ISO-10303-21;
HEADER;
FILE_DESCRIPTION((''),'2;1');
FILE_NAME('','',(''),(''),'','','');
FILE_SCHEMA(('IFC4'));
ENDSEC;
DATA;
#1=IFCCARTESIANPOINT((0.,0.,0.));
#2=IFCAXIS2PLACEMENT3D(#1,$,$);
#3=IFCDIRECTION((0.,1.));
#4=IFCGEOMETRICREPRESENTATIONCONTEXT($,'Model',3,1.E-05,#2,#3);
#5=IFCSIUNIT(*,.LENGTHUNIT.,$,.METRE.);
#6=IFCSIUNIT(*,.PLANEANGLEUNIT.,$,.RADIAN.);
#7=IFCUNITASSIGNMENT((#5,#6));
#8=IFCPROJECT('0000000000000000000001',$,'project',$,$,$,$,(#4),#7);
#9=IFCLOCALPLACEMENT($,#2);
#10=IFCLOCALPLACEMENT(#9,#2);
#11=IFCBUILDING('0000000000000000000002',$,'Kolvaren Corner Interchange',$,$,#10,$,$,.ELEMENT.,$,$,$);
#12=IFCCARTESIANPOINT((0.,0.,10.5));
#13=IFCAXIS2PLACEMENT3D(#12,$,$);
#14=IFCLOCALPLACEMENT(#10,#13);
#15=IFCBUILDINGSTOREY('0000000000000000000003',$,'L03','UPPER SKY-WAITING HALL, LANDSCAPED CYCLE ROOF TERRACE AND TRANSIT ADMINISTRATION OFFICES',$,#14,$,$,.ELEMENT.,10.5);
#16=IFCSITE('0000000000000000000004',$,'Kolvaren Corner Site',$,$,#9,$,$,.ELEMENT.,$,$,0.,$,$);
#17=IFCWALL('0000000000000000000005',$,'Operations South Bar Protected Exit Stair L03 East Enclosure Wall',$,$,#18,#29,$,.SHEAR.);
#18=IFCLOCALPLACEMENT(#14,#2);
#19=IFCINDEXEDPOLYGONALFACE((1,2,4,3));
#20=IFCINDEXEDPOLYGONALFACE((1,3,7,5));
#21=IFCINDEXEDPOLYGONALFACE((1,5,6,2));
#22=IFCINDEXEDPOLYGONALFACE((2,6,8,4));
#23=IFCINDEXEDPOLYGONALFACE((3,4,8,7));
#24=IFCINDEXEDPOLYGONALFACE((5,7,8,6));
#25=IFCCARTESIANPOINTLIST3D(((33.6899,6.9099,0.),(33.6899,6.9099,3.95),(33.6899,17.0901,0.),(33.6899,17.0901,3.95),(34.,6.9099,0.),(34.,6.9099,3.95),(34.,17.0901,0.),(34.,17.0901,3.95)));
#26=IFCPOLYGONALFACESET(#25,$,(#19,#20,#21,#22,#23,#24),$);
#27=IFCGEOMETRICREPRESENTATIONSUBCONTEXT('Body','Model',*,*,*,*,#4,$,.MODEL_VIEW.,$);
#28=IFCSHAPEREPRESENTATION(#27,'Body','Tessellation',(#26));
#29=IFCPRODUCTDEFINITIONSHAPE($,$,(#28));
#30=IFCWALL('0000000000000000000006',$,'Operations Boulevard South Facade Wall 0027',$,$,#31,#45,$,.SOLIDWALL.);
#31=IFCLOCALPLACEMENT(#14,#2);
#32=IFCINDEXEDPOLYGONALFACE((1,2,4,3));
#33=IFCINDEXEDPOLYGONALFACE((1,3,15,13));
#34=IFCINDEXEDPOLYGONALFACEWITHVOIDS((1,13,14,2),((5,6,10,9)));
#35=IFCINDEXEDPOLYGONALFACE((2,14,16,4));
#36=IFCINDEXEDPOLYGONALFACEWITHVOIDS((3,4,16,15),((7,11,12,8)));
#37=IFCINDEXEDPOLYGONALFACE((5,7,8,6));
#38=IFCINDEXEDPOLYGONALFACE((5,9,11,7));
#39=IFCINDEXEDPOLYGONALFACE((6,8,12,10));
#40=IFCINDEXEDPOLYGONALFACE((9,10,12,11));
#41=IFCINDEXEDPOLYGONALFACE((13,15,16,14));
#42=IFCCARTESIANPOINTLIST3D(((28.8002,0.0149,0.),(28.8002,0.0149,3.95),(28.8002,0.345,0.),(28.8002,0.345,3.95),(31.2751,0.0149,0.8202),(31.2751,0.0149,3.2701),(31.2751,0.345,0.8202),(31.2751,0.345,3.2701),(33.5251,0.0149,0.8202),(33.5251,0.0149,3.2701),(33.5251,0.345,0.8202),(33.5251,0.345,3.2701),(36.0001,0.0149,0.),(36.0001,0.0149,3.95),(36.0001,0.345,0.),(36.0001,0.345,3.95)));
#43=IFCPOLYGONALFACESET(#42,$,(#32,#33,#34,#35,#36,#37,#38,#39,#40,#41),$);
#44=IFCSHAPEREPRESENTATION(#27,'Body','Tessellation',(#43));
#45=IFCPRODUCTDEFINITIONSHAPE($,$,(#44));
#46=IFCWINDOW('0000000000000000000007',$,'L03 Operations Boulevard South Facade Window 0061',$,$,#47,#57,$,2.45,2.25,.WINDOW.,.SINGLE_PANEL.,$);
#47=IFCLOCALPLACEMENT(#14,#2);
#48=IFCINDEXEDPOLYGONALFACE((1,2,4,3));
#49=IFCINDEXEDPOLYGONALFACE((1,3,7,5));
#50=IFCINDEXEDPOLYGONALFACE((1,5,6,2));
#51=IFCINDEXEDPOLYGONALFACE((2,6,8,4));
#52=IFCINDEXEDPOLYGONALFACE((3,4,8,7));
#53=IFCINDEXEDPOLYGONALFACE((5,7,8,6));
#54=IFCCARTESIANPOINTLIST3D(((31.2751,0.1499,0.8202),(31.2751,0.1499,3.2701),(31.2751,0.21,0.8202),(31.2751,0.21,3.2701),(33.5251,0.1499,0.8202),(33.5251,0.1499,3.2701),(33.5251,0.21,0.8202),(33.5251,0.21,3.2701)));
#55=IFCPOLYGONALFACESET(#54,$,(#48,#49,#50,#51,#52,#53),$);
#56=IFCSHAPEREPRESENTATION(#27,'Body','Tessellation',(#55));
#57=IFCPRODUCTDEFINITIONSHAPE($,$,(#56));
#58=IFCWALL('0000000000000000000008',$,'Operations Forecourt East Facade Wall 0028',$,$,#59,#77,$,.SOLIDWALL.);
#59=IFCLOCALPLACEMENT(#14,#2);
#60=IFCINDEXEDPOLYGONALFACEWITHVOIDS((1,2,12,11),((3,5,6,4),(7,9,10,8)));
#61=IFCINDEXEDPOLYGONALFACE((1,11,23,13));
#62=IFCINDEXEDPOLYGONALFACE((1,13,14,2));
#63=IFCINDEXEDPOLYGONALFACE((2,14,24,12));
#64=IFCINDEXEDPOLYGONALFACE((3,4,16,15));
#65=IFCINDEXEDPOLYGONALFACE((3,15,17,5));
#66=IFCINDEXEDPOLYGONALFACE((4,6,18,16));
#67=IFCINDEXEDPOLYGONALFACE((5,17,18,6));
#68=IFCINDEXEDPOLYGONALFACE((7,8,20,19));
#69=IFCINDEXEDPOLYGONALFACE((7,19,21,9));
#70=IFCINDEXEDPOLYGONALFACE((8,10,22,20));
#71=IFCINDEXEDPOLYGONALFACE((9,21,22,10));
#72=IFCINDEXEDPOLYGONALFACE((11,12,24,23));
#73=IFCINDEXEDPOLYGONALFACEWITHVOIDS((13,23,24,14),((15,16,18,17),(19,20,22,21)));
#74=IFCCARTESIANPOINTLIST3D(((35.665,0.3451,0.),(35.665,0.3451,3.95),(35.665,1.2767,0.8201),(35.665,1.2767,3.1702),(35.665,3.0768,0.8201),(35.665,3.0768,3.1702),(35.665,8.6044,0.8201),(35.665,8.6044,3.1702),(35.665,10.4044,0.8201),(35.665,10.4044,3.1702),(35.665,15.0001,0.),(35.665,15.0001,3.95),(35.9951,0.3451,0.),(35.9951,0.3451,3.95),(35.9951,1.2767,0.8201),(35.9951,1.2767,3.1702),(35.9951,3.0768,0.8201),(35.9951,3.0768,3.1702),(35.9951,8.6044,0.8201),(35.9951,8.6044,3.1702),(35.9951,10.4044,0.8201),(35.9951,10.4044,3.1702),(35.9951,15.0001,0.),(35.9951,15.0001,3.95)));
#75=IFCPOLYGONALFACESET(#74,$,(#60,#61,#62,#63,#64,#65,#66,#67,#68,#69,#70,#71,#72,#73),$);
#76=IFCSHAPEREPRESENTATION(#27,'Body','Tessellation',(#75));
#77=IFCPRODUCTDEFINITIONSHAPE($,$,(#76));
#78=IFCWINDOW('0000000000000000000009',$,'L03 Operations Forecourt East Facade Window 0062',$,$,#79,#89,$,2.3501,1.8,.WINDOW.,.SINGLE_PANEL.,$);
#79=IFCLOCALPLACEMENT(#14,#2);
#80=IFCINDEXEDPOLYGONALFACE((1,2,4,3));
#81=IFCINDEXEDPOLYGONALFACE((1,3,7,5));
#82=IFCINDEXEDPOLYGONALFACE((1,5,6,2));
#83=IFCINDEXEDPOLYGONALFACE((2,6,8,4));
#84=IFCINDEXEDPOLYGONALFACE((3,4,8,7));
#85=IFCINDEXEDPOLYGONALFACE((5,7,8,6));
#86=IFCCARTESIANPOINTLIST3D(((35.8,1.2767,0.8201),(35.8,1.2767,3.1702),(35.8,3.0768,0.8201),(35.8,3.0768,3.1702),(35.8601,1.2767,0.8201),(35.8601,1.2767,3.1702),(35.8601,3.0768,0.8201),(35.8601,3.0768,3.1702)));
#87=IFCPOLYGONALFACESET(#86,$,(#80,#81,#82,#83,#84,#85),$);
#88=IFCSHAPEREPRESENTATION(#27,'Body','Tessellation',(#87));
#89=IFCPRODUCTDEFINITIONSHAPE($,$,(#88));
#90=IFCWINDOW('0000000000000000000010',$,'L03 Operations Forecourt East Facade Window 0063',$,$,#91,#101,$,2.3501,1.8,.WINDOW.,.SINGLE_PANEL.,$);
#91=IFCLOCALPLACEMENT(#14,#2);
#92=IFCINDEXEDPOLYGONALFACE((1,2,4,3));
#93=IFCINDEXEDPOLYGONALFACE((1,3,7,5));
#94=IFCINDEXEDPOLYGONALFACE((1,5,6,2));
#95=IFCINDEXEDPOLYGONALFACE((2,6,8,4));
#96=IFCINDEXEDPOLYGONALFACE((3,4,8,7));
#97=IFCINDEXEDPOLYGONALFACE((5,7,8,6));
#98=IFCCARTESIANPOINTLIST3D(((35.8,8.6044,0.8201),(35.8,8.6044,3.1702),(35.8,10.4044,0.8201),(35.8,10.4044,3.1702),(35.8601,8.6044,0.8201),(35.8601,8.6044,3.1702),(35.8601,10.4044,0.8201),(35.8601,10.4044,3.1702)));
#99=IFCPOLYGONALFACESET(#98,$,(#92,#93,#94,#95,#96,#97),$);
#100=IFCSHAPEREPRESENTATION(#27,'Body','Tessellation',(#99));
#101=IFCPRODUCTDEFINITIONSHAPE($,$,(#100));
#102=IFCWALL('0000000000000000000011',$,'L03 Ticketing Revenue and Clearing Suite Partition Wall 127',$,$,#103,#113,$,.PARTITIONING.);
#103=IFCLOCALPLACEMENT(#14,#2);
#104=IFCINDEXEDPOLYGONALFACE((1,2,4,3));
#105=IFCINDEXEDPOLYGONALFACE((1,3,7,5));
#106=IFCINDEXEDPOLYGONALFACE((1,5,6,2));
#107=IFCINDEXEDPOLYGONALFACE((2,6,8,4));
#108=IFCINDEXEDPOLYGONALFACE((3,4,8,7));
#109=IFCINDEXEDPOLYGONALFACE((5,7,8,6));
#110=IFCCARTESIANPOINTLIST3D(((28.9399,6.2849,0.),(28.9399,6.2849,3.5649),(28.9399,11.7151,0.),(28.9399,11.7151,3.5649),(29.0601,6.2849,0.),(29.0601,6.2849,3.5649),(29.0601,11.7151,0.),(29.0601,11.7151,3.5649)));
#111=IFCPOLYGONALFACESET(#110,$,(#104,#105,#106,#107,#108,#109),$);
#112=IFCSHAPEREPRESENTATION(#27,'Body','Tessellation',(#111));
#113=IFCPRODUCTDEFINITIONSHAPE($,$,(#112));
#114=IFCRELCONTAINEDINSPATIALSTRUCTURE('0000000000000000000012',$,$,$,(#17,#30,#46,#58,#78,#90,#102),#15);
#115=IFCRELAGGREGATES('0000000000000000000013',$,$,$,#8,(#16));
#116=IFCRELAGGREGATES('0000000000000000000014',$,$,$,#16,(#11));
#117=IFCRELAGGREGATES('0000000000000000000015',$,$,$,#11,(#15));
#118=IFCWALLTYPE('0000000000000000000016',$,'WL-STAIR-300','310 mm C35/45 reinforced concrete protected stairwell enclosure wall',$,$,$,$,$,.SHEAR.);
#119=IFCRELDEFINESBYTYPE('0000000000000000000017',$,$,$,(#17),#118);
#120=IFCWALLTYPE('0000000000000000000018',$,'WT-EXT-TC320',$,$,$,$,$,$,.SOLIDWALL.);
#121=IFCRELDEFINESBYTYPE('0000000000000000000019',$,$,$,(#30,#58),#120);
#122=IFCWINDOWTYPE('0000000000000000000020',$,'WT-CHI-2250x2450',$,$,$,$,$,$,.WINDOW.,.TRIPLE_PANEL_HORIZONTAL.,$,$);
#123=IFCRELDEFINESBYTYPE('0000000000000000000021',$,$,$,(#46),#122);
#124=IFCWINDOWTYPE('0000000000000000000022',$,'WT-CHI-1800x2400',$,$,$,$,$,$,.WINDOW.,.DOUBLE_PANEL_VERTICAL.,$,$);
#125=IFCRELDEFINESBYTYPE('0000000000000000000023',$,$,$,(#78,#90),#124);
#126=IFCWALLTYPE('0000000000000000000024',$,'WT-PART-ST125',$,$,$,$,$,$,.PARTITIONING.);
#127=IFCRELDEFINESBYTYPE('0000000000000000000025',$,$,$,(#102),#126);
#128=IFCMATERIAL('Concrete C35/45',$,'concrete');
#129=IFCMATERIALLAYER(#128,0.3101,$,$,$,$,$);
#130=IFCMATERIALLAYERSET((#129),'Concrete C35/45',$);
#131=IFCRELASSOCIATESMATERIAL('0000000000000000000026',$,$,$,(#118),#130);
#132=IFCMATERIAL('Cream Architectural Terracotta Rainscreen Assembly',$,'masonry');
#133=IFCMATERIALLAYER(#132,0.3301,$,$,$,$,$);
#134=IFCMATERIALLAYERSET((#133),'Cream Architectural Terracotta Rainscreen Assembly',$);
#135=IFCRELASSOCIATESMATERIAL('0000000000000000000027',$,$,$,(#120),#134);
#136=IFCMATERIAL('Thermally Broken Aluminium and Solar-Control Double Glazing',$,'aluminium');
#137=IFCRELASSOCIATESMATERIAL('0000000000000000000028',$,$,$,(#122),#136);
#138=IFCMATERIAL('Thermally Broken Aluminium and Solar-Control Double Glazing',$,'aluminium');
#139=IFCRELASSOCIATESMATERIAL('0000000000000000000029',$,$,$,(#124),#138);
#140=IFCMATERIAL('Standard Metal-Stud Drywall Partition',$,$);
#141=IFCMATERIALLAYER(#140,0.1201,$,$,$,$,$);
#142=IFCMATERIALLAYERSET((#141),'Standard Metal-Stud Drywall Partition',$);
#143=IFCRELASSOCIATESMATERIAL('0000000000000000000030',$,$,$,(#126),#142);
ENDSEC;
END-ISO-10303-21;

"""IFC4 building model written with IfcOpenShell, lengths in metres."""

from ifc_helpers import new_model, si_unit, direction, frame, frame_2d, origin, place, context, subcontext, project, spatial, rectangle, extrude, material, layer, layer_set, type_object, element, fill, save


model = new_model("IFC4")

# Units and contexts
model_context = context("Model", 3, precision=1e-05, world=origin(), true_north=direction((0.0, 1.0)))
body_context = subcontext(model_context, "Body", "Model", "MODEL_VIEW")
ifc_project = project(units=[si_unit("LENGTHUNIT", "METRE"), si_unit("PLANEANGLEUNIT", "RADIAN")], contexts=[model_context])

# Site, building, storey
site_placement = place(None, origin())
site = spatial("IfcSite", under=ifc_project, at=site_placement, Name="Kolvaren Corner Site", CompositionType="ELEMENT", RefElevation=0.0)
building_placement = place(site_placement, origin())
building = spatial("IfcBuilding", under=site, at=building_placement, Name="Kolvaren Corner Interchange", CompositionType="ELEMENT")
storey_placement = place(building_placement, frame((0.0, 0.0, 10.5)))
storey = spatial("IfcBuildingStorey", under=building, at=storey_placement, Name="L03", Description="UPPER SKY-WAITING HALL, LANDSCAPED CYCLE ROOF TERRACE AND TRANSIT ADMINISTRATION OFFICES", CompositionType="ELEMENT", Elevation=10.5)

# Wall
ifc_material_1 = material(Name="Concrete C35/45", Category="concrete")
ifc_layer_1 = layer(ifc_material_1, 0.3101)
ifc_layer_set_1 = layer_set([ifc_layer_1], Name="Concrete C35/45")
wall_type_1 = type_object("IfcWallType", Name="WL-STAIR-300", Description="310 mm C35/45 reinforced concrete protected stairwell enclosure wall", PredefinedType="SHEAR", material=ifc_layer_set_1)
for number, where, z_axis, x_axis, name in (
    (1, (33.845, 6.9099, 0.0), (0.0, 0.0, 1.0), (0.0, 1.0, 0.0), "Operations South Bar Protected Exit Stair L03 East Enclosure Wall"),
):
    element("IfcWall", number, at=place(storey_placement, frame(where, z_axis=z_axis, x_axis=x_axis)), inside=storey, type_object=wall_type_1, Name=name, PredefinedType="SHEAR", context=body_context, shape_type="SweptSolid", body=[
        extrude(rectangle(XDim=10.1802, YDim=0.3101, at=frame_2d((5.0901, 0.0))), origin(), (0.0, 0.0, 1.0), 3.95),
    ])

# Wall, opening, window
ifc_material_2 = material(Name="Cream Architectural Terracotta Rainscreen Assembly", Category="masonry")
ifc_layer_2 = layer(ifc_material_2, 0.3301)
ifc_layer_set_2 = layer_set([ifc_layer_2], Name="Cream Architectural Terracotta Rainscreen Assembly")
wall_type_2 = type_object("IfcWallType", Name="WT-EXT-TC320", PredefinedType="SOLIDWALL", material=ifc_layer_set_2)
wall_1_placement = place(storey_placement, frame((28.8, 0.1799, 0.0), z_axis=(0.0, 0.0, 1.0), x_axis=(1.0, 0.0, 0.0)))
wall_1 = element("IfcWall", 2, at=wall_1_placement, inside=storey, type_object=wall_type_2, Name="Operations Boulevard South Facade Wall 0027", PredefinedType="SOLIDWALL", context=body_context, shape_type="SweptSolid", body=[
    extrude(rectangle(XDim=7.2, YDim=0.3301, at=frame_2d((3.6001, 0.0))), origin(), (0.0, 0.0, 1.0), 3.95),
])
opening_1_placement = place(wall_1_placement, frame((2.4751, 0.0, 0.8201)))
opening_1 = element("IfcOpeningElement", 3, at=opening_1_placement, cuts=wall_1, PredefinedType="OPENING", context=body_context, shape_type="SweptSolid", body=[
    extrude(rectangle(XDim=2.25, YDim=2.45, at=frame_2d((1.125, 1.2251))), frame((0.0, 0.175, 0.0), z_axis=(0.0, -1.0, 0.0), x_axis=(1.0, 0.0, 0.0)), (0.0, 0.0, 1.0), 0.3501),
])
ifc_material_3 = material(Name="Thermally Broken Aluminium and Solar-Control Double Glazing", Category="aluminium")
window_type_1 = type_object("IfcWindowType", Name="WT-CHI-2250x2450", PartitioningType="TRIPLE_PANEL_HORIZONTAL", PredefinedType="WINDOW", material=ifc_material_3)
window_1_placement = place(opening_1_placement, origin())
window_1 = element("IfcWindow", 4, at=window_1_placement, inside=storey, type_object=window_type_1, Name="L03 Operations Boulevard South Facade Window 0061", OverallHeight=2.45, OverallWidth=2.25, PartitioningType="SINGLE_PANEL", PredefinedType="WINDOW", context=body_context, shape_type="SweptSolid", body=[
    extrude(rectangle(XDim=2.25, YDim=2.45, at=frame_2d((1.125, 1.2251))), frame((0.0, 0.03, 0.0), z_axis=(0.0, -1.0, 0.0), x_axis=(1.0, 0.0, 0.0)), (0.0, 0.0, 1.0), 0.0601),
])
fill(opening_1, window_1)

# Wall, openings, windows
wall_2_placement = place(storey_placement, frame((35.8301, 0.345, 0.0), z_axis=(0.0, 0.0, 1.0), x_axis=(0.0, 1.0, 0.0)))
wall_2 = element("IfcWall", 5, at=wall_2_placement, inside=storey, type_object=wall_type_2, Name="Operations Forecourt East Facade Wall 0028", PredefinedType="SOLIDWALL", context=body_context, shape_type="SweptSolid", body=[
    extrude(rectangle(XDim=14.655, YDim=0.3301, at=frame_2d((7.3276, 0.0))), origin(), (0.0, 0.0, 1.0), 3.95),
])
opening_2_placement = place(wall_2_placement, frame((0.9319, 0.0, 0.8201)))
opening_2 = element("IfcOpeningElement", 6, at=opening_2_placement, cuts=wall_2, PredefinedType="OPENING", context=body_context, shape_type="SweptSolid", body=[
    extrude(rectangle(XDim=1.8, YDim=2.3501, at=frame_2d((0.8999, 1.175))), frame((0.0, 0.175, 0.0), z_axis=(0.0, -1.0, 0.0), x_axis=(1.0, 0.0, 0.0)), (0.0, 0.0, 1.0), 0.3501),
])
opening_3_placement = place(wall_2_placement, frame((8.2595, 0.0, 0.8201)))
opening_3 = element("IfcOpeningElement", 7, at=opening_3_placement, cuts=wall_2, PredefinedType="OPENING", context=body_context, shape_type="SweptSolid", body=[
    extrude(rectangle(XDim=1.8, YDim=2.3501, at=frame_2d((0.8999, 1.175))), frame((0.0, 0.175, 0.0), z_axis=(0.0, -1.0, 0.0), x_axis=(1.0, 0.0, 0.0)), (0.0, 0.0, 1.0), 0.3501),
])
ifc_material_4 = material(Name="Thermally Broken Aluminium and Solar-Control Double Glazing", Category="aluminium")
window_type_2 = type_object("IfcWindowType", Name="WT-CHI-1800x2400", PartitioningType="DOUBLE_PANEL_VERTICAL", PredefinedType="WINDOW", material=ifc_material_4)
window_2_placement = place(opening_2_placement, origin())
window_2 = element("IfcWindow", 8, at=window_2_placement, inside=storey, type_object=window_type_2, Name="L03 Operations Forecourt East Facade Window 0062", OverallHeight=2.3501, OverallWidth=1.8, PartitioningType="SINGLE_PANEL", PredefinedType="WINDOW", context=body_context, shape_type="SweptSolid", body=[
    extrude(rectangle(XDim=1.8, YDim=2.3501, at=frame_2d((0.8999, 1.175))), frame((0.0, 0.03, 0.0), z_axis=(0.0, -1.0, 0.0), x_axis=(1.0, 0.0, 0.0)), (0.0, 0.0, 1.0), 0.0601),
])
fill(opening_2, window_2)
window_3_placement = place(opening_3_placement, origin())
window_3 = element("IfcWindow", 9, at=window_3_placement, inside=storey, type_object=window_type_2, Name="L03 Operations Forecourt East Facade Window 0063", OverallHeight=2.3501, OverallWidth=1.8, PartitioningType="SINGLE_PANEL", PredefinedType="WINDOW", context=body_context, shape_type="SweptSolid", body=[
    extrude(rectangle(XDim=1.8, YDim=2.3501, at=frame_2d((0.8999, 1.175))), frame((0.0, 0.03, 0.0), z_axis=(0.0, -1.0, 0.0), x_axis=(1.0, 0.0, 0.0)), (0.0, 0.0, 1.0), 0.0601),
])
fill(opening_3, window_3)

# Wall
ifc_material_5 = material(Name="Standard Metal-Stud Drywall Partition")
ifc_layer_3 = layer(ifc_material_5, 0.1201)
ifc_layer_set_3 = layer_set([ifc_layer_3], Name="Standard Metal-Stud Drywall Partition")
wall_type_3 = type_object("IfcWallType", Name="WT-PART-ST125", PredefinedType="PARTITIONING", material=ifc_layer_set_3)
wall_3_placement = place(storey_placement, frame((29.0, 6.2849, 0.0), z_axis=(0.0, 0.0, 1.0), x_axis=(0.0, 1.0, 0.0)))
element("IfcWall", 10, at=wall_3_placement, inside=storey, type_object=wall_type_3, Name="L03 Ticketing Revenue and Clearing Suite Partition Wall 127", PredefinedType="PARTITIONING", context=body_context, shape_type="SweptSolid", body=[
    extrude(rectangle(XDim=5.4302, YDim=0.1201, at=frame_2d((2.7151, 0.0))), origin(), (0.0, 0.0, 1.0), 3.5649),
])

save(model, "model.ifc")
